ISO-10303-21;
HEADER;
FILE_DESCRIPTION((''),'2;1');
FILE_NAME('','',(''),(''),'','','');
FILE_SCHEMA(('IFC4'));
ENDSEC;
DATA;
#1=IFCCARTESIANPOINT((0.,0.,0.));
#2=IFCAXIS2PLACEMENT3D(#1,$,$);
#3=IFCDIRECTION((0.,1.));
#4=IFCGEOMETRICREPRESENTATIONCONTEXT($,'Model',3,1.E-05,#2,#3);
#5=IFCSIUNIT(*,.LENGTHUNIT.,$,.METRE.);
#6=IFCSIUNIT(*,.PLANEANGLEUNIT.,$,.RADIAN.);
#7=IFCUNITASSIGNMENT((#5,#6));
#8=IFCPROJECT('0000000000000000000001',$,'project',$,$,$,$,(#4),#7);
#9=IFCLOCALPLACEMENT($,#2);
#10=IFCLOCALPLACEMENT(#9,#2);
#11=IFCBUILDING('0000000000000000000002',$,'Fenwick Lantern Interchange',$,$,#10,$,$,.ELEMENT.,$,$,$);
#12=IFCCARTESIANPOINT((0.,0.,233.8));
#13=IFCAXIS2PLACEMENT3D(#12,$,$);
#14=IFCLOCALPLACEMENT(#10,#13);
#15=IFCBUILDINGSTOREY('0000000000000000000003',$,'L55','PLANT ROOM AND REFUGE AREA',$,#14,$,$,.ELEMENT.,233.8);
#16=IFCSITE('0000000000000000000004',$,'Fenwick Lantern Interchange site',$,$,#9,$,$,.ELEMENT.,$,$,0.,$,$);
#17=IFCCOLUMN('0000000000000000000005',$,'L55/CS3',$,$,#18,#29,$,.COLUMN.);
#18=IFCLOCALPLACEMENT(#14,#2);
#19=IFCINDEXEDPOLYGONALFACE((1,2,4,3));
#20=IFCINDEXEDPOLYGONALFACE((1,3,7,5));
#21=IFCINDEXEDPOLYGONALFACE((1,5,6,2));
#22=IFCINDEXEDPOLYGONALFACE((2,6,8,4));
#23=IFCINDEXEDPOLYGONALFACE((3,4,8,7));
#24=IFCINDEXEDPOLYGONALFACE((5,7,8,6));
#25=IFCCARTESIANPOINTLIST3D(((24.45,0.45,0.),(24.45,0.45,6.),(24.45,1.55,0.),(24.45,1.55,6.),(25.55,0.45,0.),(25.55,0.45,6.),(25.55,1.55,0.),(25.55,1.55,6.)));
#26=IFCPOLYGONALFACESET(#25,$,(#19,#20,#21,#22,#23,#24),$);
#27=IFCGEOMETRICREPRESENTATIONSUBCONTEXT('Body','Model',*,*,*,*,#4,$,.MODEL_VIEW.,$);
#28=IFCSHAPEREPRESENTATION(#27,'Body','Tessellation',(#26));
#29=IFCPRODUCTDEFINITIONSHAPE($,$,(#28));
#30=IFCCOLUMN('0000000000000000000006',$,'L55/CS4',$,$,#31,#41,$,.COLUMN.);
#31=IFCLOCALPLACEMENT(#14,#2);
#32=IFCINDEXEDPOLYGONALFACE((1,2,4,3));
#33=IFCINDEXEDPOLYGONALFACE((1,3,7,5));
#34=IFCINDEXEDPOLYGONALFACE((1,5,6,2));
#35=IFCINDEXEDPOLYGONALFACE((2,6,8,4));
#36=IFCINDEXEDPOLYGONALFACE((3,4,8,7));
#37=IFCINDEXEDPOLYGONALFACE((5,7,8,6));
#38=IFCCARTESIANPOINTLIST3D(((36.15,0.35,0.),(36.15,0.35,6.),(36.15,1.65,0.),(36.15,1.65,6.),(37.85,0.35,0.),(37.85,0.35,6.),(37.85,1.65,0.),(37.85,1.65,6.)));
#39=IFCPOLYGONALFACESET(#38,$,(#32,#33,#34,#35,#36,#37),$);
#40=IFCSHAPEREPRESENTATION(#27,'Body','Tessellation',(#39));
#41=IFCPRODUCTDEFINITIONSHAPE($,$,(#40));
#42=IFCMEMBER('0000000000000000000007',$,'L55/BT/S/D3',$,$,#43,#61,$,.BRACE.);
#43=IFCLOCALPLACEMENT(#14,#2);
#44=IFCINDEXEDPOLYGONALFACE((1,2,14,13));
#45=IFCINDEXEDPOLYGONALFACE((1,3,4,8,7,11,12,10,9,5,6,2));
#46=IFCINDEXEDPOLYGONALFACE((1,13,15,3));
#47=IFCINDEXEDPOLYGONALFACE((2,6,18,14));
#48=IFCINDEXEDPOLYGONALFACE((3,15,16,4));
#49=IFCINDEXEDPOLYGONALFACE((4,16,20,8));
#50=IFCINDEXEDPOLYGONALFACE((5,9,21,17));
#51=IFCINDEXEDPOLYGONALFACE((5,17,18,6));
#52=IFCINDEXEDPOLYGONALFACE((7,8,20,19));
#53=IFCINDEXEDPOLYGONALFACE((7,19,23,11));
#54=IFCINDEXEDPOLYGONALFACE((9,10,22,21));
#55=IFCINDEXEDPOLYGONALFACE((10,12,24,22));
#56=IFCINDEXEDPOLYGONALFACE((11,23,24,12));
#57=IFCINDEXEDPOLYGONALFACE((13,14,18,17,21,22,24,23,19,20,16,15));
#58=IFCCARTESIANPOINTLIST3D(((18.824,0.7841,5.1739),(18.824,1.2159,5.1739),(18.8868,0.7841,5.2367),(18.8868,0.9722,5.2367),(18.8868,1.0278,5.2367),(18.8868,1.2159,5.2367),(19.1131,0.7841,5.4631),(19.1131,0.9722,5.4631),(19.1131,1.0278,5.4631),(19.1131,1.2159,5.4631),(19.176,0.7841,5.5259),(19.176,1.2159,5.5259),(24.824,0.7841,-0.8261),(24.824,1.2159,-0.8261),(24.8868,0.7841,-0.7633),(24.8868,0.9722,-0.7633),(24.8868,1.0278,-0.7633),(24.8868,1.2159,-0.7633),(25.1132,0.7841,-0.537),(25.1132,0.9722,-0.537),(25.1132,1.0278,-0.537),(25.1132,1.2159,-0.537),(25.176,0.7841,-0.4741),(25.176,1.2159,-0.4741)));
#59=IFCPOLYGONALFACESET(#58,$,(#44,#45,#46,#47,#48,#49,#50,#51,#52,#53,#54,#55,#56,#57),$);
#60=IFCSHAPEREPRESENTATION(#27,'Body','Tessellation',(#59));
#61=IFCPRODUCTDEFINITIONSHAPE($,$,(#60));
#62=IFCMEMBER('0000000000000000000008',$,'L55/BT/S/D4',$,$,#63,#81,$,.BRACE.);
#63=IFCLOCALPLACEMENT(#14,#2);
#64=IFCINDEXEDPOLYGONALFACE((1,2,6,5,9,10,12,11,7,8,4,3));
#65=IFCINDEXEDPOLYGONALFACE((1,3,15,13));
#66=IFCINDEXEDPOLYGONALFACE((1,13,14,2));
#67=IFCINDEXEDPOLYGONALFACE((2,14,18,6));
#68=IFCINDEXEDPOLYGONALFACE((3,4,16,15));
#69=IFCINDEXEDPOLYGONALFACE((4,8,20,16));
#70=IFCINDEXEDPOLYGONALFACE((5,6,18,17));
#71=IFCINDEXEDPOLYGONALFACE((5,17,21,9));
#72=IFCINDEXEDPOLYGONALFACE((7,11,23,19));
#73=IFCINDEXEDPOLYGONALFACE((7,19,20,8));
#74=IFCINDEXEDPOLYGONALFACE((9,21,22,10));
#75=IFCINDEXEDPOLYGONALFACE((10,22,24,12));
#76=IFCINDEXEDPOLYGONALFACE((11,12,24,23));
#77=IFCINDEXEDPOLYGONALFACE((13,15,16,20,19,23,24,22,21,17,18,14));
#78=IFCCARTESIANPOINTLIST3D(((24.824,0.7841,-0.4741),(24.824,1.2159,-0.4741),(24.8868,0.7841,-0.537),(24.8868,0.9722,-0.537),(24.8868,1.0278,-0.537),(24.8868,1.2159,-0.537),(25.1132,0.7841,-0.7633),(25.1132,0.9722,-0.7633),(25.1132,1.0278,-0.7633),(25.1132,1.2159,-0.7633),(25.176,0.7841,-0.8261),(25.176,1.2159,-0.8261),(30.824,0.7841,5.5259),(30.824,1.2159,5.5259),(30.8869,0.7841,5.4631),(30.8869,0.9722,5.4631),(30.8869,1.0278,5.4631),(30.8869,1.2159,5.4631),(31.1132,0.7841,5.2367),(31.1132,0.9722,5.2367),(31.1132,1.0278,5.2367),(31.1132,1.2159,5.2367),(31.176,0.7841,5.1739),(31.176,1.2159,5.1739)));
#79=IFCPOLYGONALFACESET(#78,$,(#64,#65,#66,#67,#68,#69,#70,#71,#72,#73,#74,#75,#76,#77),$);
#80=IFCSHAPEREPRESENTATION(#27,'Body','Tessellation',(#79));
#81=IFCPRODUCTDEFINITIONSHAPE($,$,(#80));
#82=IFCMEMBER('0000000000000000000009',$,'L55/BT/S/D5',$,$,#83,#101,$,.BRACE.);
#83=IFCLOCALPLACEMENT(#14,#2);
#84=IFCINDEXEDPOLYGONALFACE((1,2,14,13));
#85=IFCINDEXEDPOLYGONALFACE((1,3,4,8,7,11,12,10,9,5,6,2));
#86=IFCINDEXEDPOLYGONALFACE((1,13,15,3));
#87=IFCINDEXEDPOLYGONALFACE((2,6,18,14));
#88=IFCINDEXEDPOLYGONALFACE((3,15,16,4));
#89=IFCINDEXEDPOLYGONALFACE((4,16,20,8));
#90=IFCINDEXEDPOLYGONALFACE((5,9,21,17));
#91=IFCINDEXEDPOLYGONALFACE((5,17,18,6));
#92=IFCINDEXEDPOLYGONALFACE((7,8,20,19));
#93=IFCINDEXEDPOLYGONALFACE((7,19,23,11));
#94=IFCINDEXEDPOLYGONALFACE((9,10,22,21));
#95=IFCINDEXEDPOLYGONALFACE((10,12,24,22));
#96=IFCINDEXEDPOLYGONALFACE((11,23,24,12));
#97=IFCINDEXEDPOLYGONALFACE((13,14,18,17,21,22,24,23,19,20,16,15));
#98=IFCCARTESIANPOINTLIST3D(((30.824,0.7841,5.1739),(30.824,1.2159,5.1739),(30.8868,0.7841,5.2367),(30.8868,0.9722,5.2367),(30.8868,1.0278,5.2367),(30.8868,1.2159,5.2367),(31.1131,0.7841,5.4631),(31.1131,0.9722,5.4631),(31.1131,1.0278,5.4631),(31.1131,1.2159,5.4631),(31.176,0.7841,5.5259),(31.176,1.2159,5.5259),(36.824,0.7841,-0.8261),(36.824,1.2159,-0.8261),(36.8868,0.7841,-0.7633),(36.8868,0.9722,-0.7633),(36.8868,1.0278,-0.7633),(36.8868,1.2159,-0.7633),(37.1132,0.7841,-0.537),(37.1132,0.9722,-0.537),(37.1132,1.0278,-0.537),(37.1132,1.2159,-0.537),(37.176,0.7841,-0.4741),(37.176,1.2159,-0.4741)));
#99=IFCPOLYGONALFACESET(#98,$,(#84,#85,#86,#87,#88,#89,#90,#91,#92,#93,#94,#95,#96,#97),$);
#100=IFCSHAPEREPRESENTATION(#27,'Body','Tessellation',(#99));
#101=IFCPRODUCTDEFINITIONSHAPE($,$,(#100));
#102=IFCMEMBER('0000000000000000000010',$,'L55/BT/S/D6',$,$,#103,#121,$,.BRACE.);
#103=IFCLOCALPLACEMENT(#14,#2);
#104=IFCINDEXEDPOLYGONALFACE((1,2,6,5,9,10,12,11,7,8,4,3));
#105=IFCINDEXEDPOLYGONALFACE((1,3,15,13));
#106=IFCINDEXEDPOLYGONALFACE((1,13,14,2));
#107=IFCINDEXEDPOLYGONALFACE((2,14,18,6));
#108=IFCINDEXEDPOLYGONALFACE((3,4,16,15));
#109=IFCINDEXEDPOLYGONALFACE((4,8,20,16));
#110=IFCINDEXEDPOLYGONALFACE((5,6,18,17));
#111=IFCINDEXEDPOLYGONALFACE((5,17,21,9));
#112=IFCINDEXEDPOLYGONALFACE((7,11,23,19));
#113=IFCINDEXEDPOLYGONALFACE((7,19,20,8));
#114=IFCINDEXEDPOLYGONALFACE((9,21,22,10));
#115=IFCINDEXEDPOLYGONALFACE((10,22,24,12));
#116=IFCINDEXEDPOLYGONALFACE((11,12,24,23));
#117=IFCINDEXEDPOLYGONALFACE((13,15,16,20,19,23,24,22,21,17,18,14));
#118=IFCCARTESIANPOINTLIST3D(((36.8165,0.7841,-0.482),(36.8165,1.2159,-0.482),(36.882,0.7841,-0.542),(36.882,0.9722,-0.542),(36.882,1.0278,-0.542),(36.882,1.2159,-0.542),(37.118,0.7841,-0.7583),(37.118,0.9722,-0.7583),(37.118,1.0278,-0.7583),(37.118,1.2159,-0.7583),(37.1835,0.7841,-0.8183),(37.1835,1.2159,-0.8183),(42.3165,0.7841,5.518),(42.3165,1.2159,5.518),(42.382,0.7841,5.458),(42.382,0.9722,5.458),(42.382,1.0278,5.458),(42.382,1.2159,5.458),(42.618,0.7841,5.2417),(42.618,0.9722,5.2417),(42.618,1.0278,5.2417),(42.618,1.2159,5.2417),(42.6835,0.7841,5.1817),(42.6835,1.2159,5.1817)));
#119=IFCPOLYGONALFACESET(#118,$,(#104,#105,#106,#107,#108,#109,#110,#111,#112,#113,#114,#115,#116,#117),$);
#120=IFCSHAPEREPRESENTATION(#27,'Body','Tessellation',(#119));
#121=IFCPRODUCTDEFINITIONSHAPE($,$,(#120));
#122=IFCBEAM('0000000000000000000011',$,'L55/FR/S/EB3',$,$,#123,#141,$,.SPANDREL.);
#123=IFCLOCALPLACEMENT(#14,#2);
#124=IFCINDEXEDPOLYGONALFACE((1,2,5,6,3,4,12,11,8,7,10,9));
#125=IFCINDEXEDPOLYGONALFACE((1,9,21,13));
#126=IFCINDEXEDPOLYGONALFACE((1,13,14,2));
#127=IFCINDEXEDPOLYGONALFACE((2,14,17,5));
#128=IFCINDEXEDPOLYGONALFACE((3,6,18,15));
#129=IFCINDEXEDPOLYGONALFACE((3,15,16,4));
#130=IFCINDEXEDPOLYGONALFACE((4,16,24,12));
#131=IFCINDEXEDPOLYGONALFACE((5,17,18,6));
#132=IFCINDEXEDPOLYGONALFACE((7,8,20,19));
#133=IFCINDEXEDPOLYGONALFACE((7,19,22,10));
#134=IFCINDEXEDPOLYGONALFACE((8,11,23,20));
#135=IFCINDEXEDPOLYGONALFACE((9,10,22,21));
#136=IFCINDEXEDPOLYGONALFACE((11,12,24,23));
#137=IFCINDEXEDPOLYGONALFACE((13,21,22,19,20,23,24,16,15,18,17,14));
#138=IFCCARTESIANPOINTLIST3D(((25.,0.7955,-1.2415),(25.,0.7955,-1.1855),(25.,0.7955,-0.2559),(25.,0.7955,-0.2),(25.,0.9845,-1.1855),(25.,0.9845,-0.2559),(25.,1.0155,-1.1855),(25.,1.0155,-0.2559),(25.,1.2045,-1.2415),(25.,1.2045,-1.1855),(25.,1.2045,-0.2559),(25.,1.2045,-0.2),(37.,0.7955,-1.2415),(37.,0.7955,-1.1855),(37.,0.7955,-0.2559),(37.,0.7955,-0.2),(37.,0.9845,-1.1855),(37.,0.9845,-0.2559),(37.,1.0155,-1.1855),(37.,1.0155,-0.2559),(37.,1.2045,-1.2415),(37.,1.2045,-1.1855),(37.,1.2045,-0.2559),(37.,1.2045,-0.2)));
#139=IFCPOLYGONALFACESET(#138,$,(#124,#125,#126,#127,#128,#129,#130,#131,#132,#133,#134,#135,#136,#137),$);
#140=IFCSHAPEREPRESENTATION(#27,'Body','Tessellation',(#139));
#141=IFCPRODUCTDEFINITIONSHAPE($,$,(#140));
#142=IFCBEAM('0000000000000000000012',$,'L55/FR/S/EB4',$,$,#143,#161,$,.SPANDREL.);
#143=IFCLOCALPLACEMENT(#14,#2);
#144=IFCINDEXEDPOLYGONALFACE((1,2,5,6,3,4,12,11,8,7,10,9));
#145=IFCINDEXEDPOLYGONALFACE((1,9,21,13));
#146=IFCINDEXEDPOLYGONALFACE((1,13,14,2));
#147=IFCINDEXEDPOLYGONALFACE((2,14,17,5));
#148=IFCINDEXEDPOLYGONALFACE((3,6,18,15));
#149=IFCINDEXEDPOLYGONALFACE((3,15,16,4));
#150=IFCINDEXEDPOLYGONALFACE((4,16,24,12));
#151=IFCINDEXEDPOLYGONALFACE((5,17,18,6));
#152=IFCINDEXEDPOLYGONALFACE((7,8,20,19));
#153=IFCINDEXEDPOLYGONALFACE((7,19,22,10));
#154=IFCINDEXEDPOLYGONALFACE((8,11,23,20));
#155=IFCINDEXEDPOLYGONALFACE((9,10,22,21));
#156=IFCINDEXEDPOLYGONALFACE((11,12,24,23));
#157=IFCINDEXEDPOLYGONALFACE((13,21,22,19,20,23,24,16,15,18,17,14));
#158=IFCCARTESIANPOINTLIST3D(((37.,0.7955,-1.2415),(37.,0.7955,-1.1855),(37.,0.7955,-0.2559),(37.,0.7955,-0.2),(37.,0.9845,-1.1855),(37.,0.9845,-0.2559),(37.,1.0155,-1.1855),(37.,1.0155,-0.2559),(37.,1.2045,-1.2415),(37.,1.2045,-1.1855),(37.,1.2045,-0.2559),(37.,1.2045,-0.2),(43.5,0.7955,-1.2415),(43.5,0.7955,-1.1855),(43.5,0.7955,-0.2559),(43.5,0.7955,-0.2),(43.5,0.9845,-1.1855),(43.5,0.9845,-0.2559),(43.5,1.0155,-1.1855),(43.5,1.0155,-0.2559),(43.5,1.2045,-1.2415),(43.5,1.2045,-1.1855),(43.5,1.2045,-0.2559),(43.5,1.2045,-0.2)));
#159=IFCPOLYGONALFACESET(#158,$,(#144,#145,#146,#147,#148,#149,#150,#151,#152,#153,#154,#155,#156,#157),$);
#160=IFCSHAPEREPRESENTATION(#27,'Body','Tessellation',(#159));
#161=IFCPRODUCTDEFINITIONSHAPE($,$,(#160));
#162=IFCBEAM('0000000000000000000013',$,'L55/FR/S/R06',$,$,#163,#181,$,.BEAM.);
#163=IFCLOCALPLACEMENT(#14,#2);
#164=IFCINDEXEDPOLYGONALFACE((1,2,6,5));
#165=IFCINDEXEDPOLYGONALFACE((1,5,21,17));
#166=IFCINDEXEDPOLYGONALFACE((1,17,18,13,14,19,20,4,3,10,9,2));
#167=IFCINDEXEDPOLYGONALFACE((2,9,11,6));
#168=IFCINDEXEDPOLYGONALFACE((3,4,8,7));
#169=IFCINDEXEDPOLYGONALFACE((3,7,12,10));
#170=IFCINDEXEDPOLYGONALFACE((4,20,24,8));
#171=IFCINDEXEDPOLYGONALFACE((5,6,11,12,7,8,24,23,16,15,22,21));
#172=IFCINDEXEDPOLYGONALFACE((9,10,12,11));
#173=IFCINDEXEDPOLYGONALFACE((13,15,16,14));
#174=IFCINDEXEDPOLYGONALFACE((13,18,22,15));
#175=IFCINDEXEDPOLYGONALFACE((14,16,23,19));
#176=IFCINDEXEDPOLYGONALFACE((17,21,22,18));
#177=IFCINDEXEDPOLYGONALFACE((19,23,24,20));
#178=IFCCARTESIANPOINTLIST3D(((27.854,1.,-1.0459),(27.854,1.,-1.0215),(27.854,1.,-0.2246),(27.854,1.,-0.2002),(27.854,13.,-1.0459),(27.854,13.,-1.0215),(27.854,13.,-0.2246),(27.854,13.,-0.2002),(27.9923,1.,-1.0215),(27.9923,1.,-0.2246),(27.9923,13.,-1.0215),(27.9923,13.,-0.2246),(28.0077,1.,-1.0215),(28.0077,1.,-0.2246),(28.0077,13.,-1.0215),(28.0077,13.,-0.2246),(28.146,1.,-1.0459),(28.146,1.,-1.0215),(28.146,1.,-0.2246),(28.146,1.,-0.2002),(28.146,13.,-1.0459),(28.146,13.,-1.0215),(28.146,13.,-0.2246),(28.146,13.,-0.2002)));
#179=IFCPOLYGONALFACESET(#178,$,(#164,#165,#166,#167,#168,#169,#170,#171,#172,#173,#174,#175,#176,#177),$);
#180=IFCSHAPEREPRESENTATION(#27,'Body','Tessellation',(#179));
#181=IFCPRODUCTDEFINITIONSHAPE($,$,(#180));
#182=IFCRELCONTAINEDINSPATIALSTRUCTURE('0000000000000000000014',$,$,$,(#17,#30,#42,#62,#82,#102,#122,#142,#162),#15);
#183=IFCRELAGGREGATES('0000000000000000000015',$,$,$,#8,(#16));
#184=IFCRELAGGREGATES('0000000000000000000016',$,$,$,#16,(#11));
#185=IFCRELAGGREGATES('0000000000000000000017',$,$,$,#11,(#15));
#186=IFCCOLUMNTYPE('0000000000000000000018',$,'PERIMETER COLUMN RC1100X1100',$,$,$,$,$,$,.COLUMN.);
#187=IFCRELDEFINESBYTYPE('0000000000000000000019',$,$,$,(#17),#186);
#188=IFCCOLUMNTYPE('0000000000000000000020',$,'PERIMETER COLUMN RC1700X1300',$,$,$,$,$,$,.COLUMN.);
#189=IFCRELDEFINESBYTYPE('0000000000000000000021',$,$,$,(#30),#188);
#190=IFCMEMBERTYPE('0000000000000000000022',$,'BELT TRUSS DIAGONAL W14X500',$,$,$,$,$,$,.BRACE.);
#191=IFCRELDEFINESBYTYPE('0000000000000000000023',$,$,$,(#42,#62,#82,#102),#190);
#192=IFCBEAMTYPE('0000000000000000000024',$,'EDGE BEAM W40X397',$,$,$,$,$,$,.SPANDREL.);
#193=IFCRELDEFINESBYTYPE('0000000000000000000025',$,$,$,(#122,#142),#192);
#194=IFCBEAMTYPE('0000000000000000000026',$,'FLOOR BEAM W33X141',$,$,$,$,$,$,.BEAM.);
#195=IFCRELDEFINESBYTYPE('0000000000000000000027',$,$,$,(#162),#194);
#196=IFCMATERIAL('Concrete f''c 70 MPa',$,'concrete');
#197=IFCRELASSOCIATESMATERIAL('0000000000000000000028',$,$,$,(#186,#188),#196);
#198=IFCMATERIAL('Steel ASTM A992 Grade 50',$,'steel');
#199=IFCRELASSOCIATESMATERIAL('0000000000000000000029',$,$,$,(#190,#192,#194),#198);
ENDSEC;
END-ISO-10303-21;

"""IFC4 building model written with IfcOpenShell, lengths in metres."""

from ifc_helpers import new_model, si_unit, direction, frame, origin, origin_2d, place, context, subcontext, project, spatial, rectangle, i_section, extrude, material, material_profile, profile_set, type_object, element, save


model = new_model("IFC4")

# Units and contexts
model_context = context("Model", 3, precision=1e-05, world=origin(), true_north=direction((0.0, 1.0)))
body_context = subcontext(model_context, "Body", "Model", "MODEL_VIEW")
ifc_project = project(units=[si_unit("LENGTHUNIT", "METRE"), si_unit("PLANEANGLEUNIT", "RADIAN")], contexts=[model_context])

# Site, building, storey
site_placement = place(None, origin())
site = spatial("IfcSite", under=ifc_project, at=site_placement, Name="Fenwick Lantern Interchange site", CompositionType="ELEMENT", RefElevation=0.0)
building_placement = place(site_placement, origin())
building = spatial("IfcBuilding", under=site, at=building_placement, Name="Fenwick Lantern Interchange", CompositionType="ELEMENT")
storey_placement = place(building_placement, frame((0.0, 0.0, 233.8)))
storey = spatial("IfcBuildingStorey", under=building, at=storey_placement, Name="L55", Description="PLANT ROOM AND REFUGE AREA", CompositionType="ELEMENT", Elevation=233.8)

# Columns
ifc_material_1 = material(Name="Concrete f'c 70 MPa", Category="concrete")
ifc_material_profile_1 = material_profile(ifc_material_1, rectangle(XDim=1.1001, YDim=1.1001, at=origin_2d()), Name="RC1100X1100")
ifc_profile_set_1 = profile_set([ifc_material_profile_1], Name="Concrete f'c 70 MPa")
column_type_1 = type_object("IfcColumnType", Name="PERIMETER COLUMN RC1100X1100", PredefinedType="COLUMN", material=ifc_profile_set_1)
column_1_placement = place(storey_placement, frame((25.0, 1.0, 0.0), z_axis=(0.0, 0.0, 1.0), x_axis=(1.0, 0.0, 0.0)))
element("IfcColumn", 1, at=column_1_placement, inside=storey, type_object=column_type_1, Name="L55/CS3", PredefinedType="COLUMN", context=body_context, shape_type="SweptSolid", body=[
    extrude(rectangle(XDim=1.1001, YDim=1.1001, at=origin_2d()), origin(), (0.0, 0.0, 1.0), 6.0),
])
ifc_material_profile_2 = material_profile(ifc_material_1, rectangle(XDim=1.7, YDim=1.3, at=origin_2d()), Name="RC1700X1300")
ifc_profile_set_2 = profile_set([ifc_material_profile_2], Name="Concrete f'c 70 MPa")
column_type_2 = type_object("IfcColumnType", Name="PERIMETER COLUMN RC1700X1300", PredefinedType="COLUMN", material=ifc_profile_set_2)
column_2_placement = place(storey_placement, frame((37.0, 1.0, 0.0), z_axis=(0.0, 0.0, 1.0), x_axis=(1.0, 0.0, 0.0)))
element("IfcColumn", 2, at=column_2_placement, inside=storey, type_object=column_type_2, Name="L55/CS4", PredefinedType="COLUMN", context=body_context, shape_type="SweptSolid", body=[
    extrude(rectangle(XDim=1.7, YDim=1.3, at=origin_2d()), origin(), (0.0, 0.0, 1.0), 6.0),
])

# Members
ifc_material_2 = material(Name="Steel ASTM A992 Grade 50", Category="steel")
ifc_material_profile_3 = material_profile(ifc_material_2, i_section(OverallWidth=0.4319, OverallDepth=0.4978, WebThickness=0.0557, FlangeThickness=0.0889, at=origin_2d()), Name="W14X500")
ifc_profile_set_3 = profile_set([ifc_material_profile_3], Name="Steel ASTM A992 Grade 50")
member_type_1 = type_object("IfcMemberType", Name="BELT TRUSS DIAGONAL W14X500", PredefinedType="BRACE", material=ifc_profile_set_3)
for number, where, z_axis, x_axis, name in (
    (3, (25.0, 1.0, -0.6501), (-0.707107, 0.0, 0.707107), (0.0, -1.0, 0.0), "L55/BT/S/D3"),
    (4, (25.0, 1.0, -0.6501), (0.707107, 0.0, 0.707107), (0.0, 1.0, 0.0), "L55/BT/S/D4"),
    (5, (37.0, 1.0, -0.6501), (-0.707107, 0.0, 0.707107), (0.0, -1.0, 0.0), "L55/BT/S/D5"),
):
    element("IfcMember", number, at=place(storey_placement, frame(where, z_axis=z_axis, x_axis=x_axis)), inside=storey, type_object=member_type_1, Name=name, PredefinedType="BRACE", context=body_context, shape_type="SweptSolid", body=[
        extrude(i_section(OverallWidth=0.4319, OverallDepth=0.4978, WebThickness=0.0557, FlangeThickness=0.0889, at=origin_2d()), origin(), (0.0, 0.0, 1.0), 8.4854),
    ])
member_1_placement = place(storey_placement, frame((37.0, 1.0, -0.6501), z_axis=(0.675725, 0.0, 0.737154), x_axis=(0.0, 1.0, 0.0)))
element("IfcMember", 6, at=member_1_placement, inside=storey, type_object=member_type_1, Name="L55/BT/S/D6", PredefinedType="BRACE", context=body_context, shape_type="SweptSolid", body=[
    extrude(i_section(OverallWidth=0.4319, OverallDepth=0.4978, WebThickness=0.0557, FlangeThickness=0.0889, at=origin_2d()), origin(), (0.0, 0.0, 1.0), 8.1394),
])

# Beams
ifc_material_profile_4 = material_profile(ifc_material_2, i_section(OverallWidth=0.4089, OverallDepth=1.0415, WebThickness=0.031, FlangeThickness=0.0559, at=origin_2d()), Name="W40X397")
ifc_profile_set_4 = profile_set([ifc_material_profile_4], Name="Steel ASTM A992 Grade 50")
beam_type_1 = type_object("IfcBeamType", Name="EDGE BEAM W40X397", PredefinedType="SPANDREL", material=ifc_profile_set_4)
beam_1_placement = place(storey_placement, frame((25.0, 1.0, -0.7207), z_axis=(1.0, 0.0, 0.0), x_axis=(0.0, 1.0, 0.0)))
element("IfcBeam", 7, at=beam_1_placement, inside=storey, type_object=beam_type_1, Name="L55/FR/S/EB3", PredefinedType="SPANDREL", context=body_context, shape_type="SweptSolid", body=[
    extrude(i_section(OverallWidth=0.4089, OverallDepth=1.0415, WebThickness=0.031, FlangeThickness=0.0559, at=origin_2d()), origin(), (0.0, 0.0, 1.0), 12.0),
])
beam_2_placement = place(storey_placement, frame((37.0, 1.0, -0.7207), z_axis=(1.0, 0.0, 0.0), x_axis=(0.0, 1.0, 0.0)))
element("IfcBeam", 8, at=beam_2_placement, inside=storey, type_object=beam_type_1, Name="L55/FR/S/EB4", PredefinedType="SPANDREL", context=body_context, shape_type="SweptSolid", body=[
    extrude(i_section(OverallWidth=0.4089, OverallDepth=1.0415, WebThickness=0.031, FlangeThickness=0.0559, at=origin_2d()), origin(), (0.0, 0.0, 1.0), 6.5),
])
ifc_material_profile_5 = material_profile(ifc_material_2, i_section(OverallWidth=0.292, OverallDepth=0.8457, WebThickness=0.0154, FlangeThickness=0.0244, at=origin_2d()), Name="W33X141")
ifc_profile_set_5 = profile_set([ifc_material_profile_5], Name="Steel ASTM A992 Grade 50")
beam_type_2 = type_object("IfcBeamType", Name="FLOOR BEAM W33X141", PredefinedType="BEAM", material=ifc_profile_set_5)
for number, where, z_axis, x_axis, name in (
    (9, (28.0, 1.0, -0.623), (0.0, 1.0, 0.0), (-1.0, 0.0, 0.0), "L55/FR/S/R06"),
):
    element("IfcBeam", number, at=place(storey_placement, frame(where, z_axis=z_axis, x_axis=x_axis)), inside=storey, type_object=beam_type_2, Name=name, PredefinedType="BEAM", context=body_context, shape_type="SweptSolid", body=[
        extrude(i_section(OverallWidth=0.292, OverallDepth=0.8457, WebThickness=0.0154, FlangeThickness=0.0244, at=origin_2d()), origin(), (0.0, 0.0, 1.0), 12.0),
    ])

save(model, "model.ifc")
